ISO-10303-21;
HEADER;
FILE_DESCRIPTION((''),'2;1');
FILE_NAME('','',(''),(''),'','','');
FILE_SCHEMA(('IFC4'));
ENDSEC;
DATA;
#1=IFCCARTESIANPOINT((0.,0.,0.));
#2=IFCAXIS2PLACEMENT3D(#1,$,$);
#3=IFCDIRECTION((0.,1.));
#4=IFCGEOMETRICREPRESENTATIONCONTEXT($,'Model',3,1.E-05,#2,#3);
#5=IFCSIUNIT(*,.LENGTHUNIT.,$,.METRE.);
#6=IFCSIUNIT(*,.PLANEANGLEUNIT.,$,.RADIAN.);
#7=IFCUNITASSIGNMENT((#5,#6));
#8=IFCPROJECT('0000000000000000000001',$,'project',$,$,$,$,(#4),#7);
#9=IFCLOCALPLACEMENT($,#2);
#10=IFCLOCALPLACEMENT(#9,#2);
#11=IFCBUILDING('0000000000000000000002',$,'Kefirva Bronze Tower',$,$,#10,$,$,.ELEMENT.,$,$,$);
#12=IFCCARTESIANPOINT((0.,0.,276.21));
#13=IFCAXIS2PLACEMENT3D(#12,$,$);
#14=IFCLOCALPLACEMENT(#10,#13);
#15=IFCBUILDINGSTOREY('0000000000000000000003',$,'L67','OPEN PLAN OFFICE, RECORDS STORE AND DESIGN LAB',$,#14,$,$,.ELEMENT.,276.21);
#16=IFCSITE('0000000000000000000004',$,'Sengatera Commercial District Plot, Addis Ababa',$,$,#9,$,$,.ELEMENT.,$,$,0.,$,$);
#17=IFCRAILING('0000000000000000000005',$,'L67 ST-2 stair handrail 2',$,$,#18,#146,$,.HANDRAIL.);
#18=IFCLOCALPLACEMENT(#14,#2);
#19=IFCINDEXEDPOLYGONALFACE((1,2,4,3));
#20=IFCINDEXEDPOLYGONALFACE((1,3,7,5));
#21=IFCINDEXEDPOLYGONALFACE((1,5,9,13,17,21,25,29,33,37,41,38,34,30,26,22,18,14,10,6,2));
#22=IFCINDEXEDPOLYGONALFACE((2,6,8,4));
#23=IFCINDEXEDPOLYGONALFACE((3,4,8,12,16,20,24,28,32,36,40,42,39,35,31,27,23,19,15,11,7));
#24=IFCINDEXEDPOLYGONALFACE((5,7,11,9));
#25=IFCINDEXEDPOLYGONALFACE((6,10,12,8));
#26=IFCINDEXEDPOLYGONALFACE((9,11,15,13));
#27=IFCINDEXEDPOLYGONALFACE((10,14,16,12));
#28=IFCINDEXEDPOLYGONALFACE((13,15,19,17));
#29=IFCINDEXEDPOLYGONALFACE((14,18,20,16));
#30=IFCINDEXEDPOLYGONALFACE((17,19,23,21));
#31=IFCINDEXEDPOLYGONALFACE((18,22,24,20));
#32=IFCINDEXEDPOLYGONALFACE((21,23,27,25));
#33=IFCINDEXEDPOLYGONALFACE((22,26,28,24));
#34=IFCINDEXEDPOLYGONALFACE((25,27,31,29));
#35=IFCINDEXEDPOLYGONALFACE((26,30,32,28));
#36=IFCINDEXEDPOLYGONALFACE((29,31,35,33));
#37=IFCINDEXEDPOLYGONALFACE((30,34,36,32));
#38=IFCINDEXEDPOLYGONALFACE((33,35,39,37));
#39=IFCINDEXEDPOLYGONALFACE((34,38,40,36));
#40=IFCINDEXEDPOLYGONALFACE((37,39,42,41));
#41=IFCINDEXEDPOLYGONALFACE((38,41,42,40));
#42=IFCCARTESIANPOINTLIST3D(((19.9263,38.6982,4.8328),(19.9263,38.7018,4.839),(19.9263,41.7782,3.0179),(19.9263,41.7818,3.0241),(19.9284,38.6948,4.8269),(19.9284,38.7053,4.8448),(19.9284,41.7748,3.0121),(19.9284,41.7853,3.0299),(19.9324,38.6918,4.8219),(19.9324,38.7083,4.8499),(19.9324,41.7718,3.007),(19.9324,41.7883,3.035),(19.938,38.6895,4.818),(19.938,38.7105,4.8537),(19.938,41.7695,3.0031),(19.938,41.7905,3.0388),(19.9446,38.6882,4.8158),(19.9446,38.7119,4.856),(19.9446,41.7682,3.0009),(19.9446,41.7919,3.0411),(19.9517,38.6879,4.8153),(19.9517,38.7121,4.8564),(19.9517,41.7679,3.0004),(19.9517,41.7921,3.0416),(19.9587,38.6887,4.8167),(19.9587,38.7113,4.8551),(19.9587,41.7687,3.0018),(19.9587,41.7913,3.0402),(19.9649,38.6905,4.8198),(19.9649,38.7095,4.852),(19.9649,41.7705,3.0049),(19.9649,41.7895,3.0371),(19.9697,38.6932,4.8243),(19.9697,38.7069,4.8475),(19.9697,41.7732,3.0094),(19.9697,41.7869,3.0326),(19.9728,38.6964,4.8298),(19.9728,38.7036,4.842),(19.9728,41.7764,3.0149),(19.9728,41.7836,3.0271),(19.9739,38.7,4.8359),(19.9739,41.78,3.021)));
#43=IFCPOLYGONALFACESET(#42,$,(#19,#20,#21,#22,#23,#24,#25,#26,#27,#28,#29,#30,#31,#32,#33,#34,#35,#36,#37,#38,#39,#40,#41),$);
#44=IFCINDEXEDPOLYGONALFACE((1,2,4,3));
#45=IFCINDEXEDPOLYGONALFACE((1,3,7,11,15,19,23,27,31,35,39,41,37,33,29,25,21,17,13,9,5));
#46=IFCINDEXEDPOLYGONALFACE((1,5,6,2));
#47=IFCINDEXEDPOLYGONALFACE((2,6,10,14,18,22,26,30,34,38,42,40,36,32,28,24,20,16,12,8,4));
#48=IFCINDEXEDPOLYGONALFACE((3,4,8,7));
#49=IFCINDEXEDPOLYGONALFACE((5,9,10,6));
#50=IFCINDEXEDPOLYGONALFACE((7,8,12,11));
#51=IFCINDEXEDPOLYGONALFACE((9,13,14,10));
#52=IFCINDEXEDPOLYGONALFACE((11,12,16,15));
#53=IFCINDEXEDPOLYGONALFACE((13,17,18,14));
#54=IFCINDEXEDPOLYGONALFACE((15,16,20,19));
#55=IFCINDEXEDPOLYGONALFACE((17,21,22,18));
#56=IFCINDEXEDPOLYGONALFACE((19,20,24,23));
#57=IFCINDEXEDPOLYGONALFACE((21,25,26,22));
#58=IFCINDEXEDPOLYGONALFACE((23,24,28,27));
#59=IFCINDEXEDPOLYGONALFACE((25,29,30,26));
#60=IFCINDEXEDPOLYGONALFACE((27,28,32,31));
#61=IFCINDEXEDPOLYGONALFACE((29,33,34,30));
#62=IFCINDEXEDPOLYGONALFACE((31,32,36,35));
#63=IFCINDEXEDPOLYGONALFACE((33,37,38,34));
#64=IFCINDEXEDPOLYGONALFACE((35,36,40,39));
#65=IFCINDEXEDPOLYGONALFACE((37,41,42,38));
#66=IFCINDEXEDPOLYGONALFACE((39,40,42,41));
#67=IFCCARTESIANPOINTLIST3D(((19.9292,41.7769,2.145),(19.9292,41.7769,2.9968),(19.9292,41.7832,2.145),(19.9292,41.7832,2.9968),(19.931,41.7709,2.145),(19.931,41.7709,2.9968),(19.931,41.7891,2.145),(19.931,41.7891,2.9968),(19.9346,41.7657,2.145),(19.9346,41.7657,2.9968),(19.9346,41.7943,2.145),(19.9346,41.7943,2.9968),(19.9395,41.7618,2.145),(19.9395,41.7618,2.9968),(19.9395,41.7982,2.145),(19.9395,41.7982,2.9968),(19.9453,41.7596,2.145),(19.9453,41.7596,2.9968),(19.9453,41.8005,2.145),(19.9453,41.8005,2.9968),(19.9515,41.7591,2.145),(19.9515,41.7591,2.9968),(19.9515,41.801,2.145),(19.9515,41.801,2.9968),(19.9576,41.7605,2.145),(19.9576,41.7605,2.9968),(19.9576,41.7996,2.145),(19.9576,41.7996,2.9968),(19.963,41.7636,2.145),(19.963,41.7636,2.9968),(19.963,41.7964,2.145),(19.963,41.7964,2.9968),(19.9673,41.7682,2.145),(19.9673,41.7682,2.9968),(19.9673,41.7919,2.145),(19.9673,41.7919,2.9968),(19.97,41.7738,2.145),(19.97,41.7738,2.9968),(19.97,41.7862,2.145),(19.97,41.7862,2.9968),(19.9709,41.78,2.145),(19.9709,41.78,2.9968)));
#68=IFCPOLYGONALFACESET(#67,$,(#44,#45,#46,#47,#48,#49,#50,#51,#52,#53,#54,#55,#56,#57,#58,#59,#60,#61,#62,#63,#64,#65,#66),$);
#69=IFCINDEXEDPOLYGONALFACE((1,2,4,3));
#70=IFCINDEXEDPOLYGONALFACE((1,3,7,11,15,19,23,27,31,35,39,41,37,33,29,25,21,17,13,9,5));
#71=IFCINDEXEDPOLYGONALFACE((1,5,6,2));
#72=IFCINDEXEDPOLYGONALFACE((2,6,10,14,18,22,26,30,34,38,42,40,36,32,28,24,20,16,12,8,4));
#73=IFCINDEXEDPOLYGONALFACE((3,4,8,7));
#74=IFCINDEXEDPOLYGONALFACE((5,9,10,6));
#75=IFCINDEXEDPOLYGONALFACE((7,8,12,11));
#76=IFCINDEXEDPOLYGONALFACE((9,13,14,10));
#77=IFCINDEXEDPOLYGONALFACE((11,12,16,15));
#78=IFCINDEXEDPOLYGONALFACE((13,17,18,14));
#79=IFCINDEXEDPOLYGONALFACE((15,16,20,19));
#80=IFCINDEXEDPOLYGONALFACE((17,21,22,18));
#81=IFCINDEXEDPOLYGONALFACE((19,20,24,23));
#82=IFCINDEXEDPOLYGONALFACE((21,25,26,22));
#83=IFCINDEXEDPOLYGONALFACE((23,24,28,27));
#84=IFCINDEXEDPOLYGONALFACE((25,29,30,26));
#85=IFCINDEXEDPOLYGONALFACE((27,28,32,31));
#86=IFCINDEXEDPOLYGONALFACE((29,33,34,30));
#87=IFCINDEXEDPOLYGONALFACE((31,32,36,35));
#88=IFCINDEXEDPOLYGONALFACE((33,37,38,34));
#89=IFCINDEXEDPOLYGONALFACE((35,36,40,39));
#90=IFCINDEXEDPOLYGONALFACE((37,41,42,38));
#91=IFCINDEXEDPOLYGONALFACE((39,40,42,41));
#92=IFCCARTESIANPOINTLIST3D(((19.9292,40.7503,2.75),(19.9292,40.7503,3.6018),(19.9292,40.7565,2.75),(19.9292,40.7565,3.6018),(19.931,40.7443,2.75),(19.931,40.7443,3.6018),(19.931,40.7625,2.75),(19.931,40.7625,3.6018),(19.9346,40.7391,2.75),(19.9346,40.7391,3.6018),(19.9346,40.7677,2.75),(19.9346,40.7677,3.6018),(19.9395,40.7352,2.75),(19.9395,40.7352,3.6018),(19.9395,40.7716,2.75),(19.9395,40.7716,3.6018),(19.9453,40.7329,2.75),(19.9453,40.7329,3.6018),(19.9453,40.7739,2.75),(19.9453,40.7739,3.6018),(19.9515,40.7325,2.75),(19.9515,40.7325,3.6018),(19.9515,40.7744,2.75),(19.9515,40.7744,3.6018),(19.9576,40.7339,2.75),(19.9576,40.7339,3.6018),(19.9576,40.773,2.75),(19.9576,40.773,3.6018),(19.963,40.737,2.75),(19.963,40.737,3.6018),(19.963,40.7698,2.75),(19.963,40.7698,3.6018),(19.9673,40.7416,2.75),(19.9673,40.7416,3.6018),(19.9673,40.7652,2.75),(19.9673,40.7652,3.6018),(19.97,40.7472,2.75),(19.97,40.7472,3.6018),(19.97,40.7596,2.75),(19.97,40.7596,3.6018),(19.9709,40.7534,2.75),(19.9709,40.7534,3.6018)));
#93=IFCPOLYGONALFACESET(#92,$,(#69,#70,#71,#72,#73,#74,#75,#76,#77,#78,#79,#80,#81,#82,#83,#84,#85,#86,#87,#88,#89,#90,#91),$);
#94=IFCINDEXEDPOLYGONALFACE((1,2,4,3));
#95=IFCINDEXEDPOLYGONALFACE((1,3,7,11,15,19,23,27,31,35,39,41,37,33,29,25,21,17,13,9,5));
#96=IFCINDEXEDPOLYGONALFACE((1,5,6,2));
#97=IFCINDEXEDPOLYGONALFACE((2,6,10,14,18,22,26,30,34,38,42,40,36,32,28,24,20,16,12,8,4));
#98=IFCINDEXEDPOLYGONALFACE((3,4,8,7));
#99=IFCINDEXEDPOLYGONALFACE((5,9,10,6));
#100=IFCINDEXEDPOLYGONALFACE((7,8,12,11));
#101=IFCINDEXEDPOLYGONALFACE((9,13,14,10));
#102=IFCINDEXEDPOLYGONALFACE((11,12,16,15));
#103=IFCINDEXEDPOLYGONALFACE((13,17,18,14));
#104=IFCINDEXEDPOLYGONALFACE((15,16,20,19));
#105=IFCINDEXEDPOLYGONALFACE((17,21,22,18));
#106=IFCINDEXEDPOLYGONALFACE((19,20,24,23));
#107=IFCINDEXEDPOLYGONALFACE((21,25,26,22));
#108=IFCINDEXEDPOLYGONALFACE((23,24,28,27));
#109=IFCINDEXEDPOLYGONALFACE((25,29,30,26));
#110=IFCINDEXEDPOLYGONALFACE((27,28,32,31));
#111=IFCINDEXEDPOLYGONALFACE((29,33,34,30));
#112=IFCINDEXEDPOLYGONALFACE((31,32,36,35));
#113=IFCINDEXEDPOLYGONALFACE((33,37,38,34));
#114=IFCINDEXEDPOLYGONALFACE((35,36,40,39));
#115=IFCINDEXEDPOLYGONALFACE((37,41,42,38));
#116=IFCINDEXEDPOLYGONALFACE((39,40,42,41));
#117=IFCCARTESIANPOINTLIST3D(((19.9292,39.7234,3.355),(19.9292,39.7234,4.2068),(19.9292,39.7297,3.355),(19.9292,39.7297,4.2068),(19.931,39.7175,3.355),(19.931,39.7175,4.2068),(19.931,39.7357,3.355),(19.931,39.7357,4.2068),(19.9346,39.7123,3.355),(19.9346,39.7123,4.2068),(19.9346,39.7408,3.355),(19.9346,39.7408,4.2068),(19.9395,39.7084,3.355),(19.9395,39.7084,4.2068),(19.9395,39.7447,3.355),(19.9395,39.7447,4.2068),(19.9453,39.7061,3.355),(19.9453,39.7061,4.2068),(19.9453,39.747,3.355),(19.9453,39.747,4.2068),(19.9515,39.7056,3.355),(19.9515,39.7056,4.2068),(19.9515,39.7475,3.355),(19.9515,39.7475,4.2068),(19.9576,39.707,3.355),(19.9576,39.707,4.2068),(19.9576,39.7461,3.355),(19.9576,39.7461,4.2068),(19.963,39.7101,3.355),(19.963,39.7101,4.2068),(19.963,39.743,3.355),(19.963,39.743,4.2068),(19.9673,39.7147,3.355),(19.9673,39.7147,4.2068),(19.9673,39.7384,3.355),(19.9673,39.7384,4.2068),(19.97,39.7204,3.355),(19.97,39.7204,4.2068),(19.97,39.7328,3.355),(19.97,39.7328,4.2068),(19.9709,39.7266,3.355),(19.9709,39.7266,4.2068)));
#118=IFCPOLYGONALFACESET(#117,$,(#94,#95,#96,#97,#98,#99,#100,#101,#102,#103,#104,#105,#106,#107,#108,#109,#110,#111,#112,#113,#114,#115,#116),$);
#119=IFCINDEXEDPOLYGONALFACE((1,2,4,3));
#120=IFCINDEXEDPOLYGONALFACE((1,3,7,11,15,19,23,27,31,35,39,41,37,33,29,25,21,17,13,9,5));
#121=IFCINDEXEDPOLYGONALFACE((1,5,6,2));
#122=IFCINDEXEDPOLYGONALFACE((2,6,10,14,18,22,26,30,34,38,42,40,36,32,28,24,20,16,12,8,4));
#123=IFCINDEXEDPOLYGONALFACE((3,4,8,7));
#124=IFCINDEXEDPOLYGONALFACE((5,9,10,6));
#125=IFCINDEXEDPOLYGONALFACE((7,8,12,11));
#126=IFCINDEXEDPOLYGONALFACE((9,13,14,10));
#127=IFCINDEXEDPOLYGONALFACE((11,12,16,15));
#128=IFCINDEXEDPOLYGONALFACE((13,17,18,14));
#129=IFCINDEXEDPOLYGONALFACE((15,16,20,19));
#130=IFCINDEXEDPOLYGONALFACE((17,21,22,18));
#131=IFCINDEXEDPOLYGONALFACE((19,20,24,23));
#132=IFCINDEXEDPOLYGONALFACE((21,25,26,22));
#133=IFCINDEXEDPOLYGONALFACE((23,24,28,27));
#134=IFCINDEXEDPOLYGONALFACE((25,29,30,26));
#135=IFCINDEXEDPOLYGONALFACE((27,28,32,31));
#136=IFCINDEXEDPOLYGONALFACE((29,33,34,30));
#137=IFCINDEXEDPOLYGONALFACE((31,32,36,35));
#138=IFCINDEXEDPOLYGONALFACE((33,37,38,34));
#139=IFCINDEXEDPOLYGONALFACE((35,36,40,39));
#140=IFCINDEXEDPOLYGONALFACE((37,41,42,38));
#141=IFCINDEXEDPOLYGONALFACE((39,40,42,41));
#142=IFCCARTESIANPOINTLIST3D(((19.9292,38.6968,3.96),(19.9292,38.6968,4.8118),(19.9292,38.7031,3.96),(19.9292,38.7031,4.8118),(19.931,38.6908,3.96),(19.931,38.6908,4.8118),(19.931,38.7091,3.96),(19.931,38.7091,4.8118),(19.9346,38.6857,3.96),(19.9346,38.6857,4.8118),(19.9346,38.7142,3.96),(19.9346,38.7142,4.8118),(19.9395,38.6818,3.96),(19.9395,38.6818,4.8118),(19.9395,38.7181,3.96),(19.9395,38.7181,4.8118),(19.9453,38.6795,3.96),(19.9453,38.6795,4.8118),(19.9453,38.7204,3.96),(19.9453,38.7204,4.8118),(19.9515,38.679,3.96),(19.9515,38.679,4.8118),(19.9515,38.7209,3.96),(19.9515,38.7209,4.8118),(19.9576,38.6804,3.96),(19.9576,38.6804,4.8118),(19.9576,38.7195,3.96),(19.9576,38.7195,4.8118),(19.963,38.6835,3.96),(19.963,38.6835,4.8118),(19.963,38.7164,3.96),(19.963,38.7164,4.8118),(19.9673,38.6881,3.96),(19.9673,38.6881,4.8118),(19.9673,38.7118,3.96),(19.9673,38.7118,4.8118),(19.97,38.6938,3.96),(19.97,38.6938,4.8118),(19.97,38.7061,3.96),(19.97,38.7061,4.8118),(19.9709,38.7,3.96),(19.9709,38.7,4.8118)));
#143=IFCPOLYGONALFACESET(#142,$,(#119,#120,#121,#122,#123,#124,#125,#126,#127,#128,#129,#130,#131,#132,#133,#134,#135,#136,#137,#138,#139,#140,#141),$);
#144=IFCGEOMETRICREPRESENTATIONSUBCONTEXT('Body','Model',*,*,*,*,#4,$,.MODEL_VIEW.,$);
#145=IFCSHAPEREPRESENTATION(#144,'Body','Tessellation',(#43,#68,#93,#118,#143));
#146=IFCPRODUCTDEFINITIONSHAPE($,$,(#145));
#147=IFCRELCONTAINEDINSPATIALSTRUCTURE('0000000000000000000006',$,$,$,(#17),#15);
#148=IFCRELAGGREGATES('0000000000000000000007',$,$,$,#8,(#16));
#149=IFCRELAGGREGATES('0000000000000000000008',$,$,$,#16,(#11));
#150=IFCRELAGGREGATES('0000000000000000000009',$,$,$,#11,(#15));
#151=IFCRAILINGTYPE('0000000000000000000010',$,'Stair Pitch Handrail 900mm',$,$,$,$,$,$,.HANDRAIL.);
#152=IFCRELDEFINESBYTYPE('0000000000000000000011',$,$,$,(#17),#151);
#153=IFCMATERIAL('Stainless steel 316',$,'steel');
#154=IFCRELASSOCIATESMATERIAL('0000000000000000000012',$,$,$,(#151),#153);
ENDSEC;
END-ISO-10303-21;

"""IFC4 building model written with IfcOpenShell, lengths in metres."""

from ifc_helpers import new_model, si_unit, direction, frame, origin, origin_2d, place, context, subcontext, project, spatial, circle, extrude, material, type_object, element, save


model = new_model("IFC4")

# Units and contexts
model_context = context("Model", 3, precision=1e-05, world=origin(), true_north=direction((0.0, 1.0)))
body_context = subcontext(model_context, "Body", "Model", "MODEL_VIEW")
ifc_project = project(units=[si_unit("LENGTHUNIT", "METRE"), si_unit("PLANEANGLEUNIT", "RADIAN")], contexts=[model_context])

# Site, building, storey
site_placement = place(None, origin())
site = spatial("IfcSite", under=ifc_project, at=site_placement, Name="Sengatera Commercial District Plot, Addis Ababa", CompositionType="ELEMENT", RefElevation=0.0)
building_placement = place(site_placement, origin())
building = spatial("IfcBuilding", under=site, at=building_placement, Name="Kefirva Bronze Tower", CompositionType="ELEMENT")
storey_placement = place(building_placement, frame((0.0, 0.0, 276.21)))
storey = spatial("IfcBuildingStorey", under=building, at=storey_placement, Name="L67", Description="OPEN PLAN OFFICE, RECORDS STORE AND DESIGN LAB", CompositionType="ELEMENT", Elevation=276.21)

# Shared definitions
ifc_material_1 = material(Name="Stainless steel 316", Category="steel")

# Railing
railing_type_1 = type_object("IfcRailingType", Name="Stair Pitch Handrail 900mm", PredefinedType="HANDRAIL", material=ifc_material_1)
railing_1_placement = place(storey_placement, frame((19.95, 41.78, 2.145)))
element("IfcRailing", 1, at=railing_1_placement, inside=storey, type_object=railing_type_1, Name="L67 ST-2 stair handrail 2", PredefinedType="HANDRAIL", context=body_context, shape_type="SweptSolid", body=[
    extrude(circle(Radius=0.0239, at=origin_2d()), frame((0.0, 0.0, 0.876), z_axis=(0.0, -0.861551, 0.507671), x_axis=(1.0, 0.0, 0.0)), (0.0, 0.0, 1.0), 3.575),
    extrude(circle(Radius=0.021, at=origin_2d()), origin(), (0.0, 0.0, 1.0), 0.8518),
    extrude(circle(Radius=0.021, at=origin_2d()), frame((0.0, -1.0266, 0.605)), (0.0, 0.0, 1.0), 0.8518),
    extrude(circle(Radius=0.021, at=origin_2d()), frame((0.0, -2.0535, 1.21)), (0.0, 0.0, 1.0), 0.8518),
    extrude(circle(Radius=0.021, at=origin_2d()), frame((0.0, -3.0801, 1.8149)), (0.0, 0.0, 1.0), 0.8518),
])

save(model, "model.ifc")
